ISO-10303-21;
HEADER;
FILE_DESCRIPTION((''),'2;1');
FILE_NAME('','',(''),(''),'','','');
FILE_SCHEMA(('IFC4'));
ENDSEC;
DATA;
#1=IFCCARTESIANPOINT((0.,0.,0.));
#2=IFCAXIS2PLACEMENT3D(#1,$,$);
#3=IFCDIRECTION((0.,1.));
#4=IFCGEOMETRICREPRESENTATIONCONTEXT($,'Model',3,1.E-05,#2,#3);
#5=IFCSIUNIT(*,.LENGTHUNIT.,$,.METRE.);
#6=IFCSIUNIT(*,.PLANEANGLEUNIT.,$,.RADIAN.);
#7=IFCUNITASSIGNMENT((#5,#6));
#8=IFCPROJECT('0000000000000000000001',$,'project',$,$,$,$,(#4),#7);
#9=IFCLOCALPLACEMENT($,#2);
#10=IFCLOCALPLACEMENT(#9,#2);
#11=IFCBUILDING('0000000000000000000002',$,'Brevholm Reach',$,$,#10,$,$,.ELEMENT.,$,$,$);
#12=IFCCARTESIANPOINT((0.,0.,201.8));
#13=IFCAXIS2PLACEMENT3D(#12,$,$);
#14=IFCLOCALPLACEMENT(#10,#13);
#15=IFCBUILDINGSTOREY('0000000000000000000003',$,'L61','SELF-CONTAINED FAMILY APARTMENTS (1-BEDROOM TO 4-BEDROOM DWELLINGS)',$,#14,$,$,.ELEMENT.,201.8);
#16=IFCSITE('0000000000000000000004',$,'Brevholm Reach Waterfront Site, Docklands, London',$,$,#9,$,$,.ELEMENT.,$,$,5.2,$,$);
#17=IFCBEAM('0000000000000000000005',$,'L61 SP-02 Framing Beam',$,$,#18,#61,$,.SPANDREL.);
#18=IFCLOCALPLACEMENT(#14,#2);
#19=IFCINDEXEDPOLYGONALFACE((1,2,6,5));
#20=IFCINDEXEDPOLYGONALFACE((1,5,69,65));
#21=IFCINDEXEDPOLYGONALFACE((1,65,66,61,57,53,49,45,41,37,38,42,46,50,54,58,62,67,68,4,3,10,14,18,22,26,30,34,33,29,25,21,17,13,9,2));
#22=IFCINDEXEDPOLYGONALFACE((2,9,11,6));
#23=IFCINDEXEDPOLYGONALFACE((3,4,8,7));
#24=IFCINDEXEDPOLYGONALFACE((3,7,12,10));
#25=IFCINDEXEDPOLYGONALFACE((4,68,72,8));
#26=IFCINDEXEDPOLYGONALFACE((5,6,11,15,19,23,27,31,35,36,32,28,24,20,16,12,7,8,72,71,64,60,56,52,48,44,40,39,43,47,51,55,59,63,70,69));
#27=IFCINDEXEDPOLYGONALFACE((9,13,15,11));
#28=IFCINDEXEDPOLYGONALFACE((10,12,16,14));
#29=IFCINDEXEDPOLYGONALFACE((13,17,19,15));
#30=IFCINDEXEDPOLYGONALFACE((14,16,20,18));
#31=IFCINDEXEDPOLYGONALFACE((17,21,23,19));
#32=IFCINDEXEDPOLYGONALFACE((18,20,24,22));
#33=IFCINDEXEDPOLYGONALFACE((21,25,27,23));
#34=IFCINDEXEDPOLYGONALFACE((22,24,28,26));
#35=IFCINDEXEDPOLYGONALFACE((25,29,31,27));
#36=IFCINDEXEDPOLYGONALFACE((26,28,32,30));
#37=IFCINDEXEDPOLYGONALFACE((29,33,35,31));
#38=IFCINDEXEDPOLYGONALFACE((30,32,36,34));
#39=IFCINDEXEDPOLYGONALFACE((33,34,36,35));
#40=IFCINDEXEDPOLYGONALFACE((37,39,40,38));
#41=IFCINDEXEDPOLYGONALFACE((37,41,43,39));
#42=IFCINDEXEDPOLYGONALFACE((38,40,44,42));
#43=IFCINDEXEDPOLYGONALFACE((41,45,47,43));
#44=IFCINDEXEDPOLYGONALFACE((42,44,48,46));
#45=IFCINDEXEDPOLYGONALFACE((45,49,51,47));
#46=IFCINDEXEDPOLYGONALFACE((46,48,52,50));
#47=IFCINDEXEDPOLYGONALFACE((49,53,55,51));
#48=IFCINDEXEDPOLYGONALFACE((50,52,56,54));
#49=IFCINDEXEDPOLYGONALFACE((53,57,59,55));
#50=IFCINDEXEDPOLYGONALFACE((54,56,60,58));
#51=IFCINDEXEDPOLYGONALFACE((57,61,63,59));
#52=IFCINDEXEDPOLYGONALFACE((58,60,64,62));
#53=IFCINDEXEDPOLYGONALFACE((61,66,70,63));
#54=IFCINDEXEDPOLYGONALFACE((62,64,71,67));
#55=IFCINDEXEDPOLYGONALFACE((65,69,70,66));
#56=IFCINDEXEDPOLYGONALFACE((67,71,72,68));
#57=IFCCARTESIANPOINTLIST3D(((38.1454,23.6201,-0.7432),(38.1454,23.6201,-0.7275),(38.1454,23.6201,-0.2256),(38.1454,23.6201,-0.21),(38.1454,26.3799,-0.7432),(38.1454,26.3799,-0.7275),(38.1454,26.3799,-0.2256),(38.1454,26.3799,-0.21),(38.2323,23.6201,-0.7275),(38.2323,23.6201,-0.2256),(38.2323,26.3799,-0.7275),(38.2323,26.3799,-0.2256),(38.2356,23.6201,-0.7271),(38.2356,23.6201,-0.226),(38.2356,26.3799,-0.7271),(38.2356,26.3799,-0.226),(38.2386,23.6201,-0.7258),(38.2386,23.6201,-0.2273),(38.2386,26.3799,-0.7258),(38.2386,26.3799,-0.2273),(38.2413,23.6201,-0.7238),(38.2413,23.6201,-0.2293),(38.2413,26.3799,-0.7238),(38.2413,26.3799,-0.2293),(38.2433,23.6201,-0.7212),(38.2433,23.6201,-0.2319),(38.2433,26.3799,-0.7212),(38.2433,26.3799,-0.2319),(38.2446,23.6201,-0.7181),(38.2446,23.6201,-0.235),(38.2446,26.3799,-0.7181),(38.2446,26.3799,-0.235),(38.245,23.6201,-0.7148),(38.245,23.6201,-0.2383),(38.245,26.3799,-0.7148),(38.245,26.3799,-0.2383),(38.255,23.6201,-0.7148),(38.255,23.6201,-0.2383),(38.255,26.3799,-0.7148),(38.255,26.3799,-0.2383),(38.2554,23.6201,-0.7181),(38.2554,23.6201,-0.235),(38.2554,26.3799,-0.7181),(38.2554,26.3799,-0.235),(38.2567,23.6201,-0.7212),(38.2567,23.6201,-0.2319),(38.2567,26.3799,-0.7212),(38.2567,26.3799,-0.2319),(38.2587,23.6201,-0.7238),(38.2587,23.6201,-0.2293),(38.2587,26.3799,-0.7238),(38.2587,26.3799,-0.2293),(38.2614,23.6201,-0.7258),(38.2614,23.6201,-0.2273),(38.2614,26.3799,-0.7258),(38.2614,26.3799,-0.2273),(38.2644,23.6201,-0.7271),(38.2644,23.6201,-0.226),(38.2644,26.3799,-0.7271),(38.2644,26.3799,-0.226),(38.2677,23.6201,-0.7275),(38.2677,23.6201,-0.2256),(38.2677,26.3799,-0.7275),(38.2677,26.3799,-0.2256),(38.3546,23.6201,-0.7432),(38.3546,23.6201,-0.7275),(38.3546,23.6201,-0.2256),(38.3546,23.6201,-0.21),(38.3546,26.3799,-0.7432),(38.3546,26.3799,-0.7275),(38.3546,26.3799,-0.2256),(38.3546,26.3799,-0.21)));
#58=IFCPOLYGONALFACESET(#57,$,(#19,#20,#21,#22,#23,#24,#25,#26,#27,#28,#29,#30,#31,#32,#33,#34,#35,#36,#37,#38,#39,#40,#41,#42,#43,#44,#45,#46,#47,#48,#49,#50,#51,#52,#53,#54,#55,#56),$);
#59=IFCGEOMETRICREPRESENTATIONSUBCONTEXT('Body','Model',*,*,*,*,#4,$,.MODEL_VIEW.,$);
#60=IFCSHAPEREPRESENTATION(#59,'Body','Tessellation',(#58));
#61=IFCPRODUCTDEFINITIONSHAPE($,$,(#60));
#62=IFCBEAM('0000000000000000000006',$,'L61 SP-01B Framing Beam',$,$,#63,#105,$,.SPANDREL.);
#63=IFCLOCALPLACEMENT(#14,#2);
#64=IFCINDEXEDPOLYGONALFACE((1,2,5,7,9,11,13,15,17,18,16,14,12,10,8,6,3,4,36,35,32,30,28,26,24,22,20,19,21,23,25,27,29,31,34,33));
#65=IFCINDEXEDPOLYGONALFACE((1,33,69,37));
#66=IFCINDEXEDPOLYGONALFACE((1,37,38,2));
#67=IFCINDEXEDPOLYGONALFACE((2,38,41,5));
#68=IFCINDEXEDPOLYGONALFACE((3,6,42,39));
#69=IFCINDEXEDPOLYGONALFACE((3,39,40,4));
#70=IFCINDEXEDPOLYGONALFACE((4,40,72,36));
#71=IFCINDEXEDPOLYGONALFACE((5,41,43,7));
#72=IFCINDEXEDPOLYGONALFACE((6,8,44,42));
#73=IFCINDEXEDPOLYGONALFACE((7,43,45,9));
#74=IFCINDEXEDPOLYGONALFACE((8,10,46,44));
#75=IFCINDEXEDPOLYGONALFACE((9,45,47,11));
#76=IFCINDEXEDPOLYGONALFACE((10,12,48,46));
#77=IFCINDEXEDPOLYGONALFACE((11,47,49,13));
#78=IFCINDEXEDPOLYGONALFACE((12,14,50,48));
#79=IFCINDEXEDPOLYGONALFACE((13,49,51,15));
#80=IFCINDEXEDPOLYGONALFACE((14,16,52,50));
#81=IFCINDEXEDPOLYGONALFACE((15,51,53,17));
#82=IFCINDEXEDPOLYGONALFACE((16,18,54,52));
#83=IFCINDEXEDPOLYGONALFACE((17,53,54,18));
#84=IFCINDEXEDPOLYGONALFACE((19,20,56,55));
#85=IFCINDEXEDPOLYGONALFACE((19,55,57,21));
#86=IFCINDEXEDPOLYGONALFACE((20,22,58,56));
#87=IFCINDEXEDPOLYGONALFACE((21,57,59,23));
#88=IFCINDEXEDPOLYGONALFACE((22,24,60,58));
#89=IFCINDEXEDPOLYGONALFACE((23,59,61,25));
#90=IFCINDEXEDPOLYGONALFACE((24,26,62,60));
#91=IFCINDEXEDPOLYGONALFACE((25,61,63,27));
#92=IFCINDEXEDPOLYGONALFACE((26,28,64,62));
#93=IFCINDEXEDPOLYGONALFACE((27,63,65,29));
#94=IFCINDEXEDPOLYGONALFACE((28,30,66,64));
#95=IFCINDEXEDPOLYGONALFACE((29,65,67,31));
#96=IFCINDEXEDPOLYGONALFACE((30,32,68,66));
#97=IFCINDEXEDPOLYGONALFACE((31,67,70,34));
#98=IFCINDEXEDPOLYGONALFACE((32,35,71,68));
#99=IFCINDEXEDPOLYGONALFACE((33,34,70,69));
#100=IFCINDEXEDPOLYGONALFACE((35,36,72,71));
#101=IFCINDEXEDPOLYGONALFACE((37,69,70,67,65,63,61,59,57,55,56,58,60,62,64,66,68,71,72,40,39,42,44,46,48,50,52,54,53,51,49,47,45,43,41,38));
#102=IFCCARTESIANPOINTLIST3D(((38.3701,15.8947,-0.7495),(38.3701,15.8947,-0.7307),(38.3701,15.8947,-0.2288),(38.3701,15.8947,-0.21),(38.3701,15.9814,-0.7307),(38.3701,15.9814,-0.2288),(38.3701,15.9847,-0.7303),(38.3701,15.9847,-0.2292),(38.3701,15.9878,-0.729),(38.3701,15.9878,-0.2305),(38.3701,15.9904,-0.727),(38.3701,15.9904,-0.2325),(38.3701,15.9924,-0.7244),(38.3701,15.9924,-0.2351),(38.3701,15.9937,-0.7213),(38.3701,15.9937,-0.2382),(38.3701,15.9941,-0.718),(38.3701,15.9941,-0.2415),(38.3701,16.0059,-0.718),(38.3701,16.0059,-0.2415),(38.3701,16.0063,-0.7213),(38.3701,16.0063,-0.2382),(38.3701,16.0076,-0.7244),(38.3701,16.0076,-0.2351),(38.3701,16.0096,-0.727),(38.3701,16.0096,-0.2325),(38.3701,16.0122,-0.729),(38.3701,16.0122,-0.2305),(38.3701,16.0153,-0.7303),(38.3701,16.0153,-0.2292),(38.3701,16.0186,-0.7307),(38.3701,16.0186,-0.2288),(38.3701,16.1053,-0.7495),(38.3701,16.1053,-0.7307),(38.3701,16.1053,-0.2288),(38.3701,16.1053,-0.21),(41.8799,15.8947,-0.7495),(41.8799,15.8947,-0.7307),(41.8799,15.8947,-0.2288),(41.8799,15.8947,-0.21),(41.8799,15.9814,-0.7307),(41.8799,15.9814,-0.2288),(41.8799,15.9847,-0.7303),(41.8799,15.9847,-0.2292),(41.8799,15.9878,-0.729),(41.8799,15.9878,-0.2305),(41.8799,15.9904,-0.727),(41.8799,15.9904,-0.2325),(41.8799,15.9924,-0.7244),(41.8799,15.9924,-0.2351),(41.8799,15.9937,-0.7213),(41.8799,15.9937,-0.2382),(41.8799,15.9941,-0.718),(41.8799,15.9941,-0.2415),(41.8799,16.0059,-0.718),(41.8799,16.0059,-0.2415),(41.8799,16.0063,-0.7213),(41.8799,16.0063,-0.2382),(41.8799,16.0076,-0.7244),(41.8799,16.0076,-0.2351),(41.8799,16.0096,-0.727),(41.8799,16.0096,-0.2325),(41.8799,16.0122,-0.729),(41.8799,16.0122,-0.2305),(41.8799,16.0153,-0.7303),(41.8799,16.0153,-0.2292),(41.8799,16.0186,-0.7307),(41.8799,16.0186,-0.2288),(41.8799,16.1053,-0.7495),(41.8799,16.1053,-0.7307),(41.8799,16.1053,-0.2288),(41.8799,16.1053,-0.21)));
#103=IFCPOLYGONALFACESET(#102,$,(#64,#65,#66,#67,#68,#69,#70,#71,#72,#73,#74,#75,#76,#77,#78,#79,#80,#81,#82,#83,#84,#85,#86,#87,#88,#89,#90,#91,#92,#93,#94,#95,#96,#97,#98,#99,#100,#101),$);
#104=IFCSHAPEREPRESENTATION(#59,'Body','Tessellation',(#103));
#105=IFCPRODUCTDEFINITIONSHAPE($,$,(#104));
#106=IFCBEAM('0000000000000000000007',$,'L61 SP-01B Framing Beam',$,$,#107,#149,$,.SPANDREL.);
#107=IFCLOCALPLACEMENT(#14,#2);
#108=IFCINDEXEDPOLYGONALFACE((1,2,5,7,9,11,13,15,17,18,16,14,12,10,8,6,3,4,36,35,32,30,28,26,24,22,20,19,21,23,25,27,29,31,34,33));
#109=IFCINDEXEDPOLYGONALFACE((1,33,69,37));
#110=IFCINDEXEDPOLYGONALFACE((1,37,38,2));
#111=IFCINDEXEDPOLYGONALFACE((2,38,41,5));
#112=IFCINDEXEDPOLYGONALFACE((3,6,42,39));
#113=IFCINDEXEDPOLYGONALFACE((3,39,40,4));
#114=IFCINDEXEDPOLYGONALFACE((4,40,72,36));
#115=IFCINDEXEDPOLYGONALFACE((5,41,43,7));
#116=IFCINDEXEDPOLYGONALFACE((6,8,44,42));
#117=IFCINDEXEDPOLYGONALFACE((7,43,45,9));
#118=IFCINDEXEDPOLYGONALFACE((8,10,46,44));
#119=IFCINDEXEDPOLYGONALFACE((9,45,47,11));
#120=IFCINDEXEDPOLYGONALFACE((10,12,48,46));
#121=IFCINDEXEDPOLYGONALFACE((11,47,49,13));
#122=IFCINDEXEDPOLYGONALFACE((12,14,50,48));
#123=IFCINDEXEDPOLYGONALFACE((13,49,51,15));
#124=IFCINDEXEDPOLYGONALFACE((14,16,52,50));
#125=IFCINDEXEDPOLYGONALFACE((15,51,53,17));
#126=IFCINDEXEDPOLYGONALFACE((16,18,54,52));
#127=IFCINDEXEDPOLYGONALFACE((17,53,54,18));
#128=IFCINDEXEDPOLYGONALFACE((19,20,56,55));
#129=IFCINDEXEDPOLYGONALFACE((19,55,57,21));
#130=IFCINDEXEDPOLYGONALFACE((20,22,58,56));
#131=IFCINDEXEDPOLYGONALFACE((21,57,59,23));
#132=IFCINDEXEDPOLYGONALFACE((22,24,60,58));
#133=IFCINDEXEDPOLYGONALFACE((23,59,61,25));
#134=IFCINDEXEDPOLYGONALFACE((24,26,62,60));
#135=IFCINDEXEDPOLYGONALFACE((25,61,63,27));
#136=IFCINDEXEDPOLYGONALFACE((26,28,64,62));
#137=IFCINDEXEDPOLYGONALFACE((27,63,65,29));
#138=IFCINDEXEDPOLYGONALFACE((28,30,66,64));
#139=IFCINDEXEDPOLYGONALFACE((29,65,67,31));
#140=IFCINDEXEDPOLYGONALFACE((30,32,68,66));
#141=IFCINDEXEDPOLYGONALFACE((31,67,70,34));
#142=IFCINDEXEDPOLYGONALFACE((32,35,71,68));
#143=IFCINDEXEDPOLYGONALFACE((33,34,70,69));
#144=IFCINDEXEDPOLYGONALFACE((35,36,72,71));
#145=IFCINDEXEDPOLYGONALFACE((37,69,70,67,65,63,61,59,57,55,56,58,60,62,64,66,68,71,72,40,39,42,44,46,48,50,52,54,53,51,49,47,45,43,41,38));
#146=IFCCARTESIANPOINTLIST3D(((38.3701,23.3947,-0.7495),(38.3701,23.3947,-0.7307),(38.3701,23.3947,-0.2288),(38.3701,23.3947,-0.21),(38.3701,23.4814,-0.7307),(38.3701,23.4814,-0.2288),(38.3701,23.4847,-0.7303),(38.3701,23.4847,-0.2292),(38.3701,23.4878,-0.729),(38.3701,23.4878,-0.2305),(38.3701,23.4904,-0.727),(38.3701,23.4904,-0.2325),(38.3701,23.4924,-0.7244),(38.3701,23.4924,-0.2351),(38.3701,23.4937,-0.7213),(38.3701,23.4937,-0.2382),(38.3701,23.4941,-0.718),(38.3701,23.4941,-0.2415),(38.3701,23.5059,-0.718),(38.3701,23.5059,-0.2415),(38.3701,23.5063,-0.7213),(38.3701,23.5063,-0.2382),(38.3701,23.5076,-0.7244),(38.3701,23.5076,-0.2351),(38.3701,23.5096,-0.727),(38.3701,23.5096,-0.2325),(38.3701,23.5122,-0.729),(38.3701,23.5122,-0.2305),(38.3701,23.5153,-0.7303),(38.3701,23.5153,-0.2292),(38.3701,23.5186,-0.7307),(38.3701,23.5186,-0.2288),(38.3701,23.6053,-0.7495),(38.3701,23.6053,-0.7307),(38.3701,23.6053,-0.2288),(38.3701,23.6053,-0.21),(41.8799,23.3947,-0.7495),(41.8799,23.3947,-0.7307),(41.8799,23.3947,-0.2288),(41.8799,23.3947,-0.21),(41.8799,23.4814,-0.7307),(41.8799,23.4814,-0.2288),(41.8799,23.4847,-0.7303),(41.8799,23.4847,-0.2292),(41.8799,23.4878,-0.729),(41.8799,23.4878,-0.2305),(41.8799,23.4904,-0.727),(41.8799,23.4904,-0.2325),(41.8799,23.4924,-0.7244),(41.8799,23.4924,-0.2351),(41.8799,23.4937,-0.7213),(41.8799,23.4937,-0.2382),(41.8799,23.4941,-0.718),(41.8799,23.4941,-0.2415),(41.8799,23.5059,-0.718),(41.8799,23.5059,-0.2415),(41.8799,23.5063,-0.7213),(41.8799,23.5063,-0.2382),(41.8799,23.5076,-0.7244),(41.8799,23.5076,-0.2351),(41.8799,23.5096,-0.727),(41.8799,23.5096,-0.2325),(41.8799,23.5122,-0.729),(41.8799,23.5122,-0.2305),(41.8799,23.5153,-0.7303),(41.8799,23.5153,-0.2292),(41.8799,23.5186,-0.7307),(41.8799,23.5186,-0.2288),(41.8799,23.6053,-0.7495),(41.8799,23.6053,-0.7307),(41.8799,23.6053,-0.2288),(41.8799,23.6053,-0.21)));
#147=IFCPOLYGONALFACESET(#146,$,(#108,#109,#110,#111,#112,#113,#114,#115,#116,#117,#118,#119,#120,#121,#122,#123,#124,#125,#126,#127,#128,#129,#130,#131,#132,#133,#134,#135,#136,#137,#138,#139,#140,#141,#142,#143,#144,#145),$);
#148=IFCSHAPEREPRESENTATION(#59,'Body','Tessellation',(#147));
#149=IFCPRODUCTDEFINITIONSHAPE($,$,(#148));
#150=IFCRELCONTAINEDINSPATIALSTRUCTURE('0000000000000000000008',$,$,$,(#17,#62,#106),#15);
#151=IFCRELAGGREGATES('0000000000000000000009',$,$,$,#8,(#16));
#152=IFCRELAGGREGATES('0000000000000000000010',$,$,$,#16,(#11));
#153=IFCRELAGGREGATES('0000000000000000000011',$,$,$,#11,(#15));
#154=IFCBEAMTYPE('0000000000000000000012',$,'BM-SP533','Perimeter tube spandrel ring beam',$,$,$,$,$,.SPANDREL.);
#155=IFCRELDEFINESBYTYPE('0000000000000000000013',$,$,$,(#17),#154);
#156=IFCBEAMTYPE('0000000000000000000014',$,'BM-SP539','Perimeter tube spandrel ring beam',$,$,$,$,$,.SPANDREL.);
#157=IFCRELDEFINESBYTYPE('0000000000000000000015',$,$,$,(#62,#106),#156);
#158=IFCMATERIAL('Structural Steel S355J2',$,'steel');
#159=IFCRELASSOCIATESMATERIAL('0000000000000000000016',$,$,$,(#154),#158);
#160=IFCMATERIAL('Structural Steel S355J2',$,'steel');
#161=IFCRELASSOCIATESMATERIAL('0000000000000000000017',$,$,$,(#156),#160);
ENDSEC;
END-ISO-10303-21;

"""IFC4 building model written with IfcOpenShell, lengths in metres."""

from ifc_helpers import new_model, si_unit, direction, frame, origin, origin_2d, place, context, subcontext, project, spatial, i_section, extrude, material, material_profile, profile_set, type_object, element, save


model = new_model("IFC4")

# Units and contexts
model_context = context("Model", 3, precision=1e-05, world=origin(), true_north=direction((0.0, 1.0)))
body_context = subcontext(model_context, "Body", "Model", "MODEL_VIEW")
ifc_project = project(units=[si_unit("LENGTHUNIT", "METRE"), si_unit("PLANEANGLEUNIT", "RADIAN")], contexts=[model_context])

# Site, building, storey
site_placement = place(None, origin())
site = spatial("IfcSite", under=ifc_project, at=site_placement, Name="Brevholm Reach Waterfront Site, Docklands, London", CompositionType="ELEMENT", RefElevation=5.2)
building_placement = place(site_placement, origin())
building = spatial("IfcBuilding", under=site, at=building_placement, Name="Brevholm Reach", CompositionType="ELEMENT")
storey_placement = place(building_placement, frame((0.0, 0.0, 201.8)))
storey = spatial("IfcBuildingStorey", under=building, at=storey_placement, Name="L61", Description="SELF-CONTAINED FAMILY APARTMENTS (1-BEDROOM TO 4-BEDROOM DWELLINGS)", CompositionType="ELEMENT", Elevation=201.8)

# Beams
ifc_material_1 = material(Name="Structural Steel S355J2", Category="steel")
ifc_material_profile_1 = material_profile(ifc_material_1, i_section(OverallWidth=0.2092, OverallDepth=0.5332, WebThickness=0.01, FlangeThickness=0.0156, FilletRadius=0.0127, at=origin_2d()), Name="UKB 533x210x92")
ifc_profile_set_1 = profile_set([ifc_material_profile_1], Name="Structural Steel S355J2")
beam_type_1 = type_object("IfcBeamType", Name="BM-SP533", Description="Perimeter tube spandrel ring beam", PredefinedType="SPANDREL", material=ifc_profile_set_1)
beam_1_placement = place(storey_placement, frame((38.25, 23.6201, -0.4766), z_axis=(0.0, 1.0, 0.0), x_axis=(-1.0, 0.0, 0.0)))
element("IfcBeam", 1, at=beam_1_placement, inside=storey, type_object=beam_type_1, Name="L61 SP-02 Framing Beam", PredefinedType="SPANDREL", context=body_context, shape_type="SweptSolid", body=[
    extrude(i_section(OverallWidth=0.2092, OverallDepth=0.5332, WebThickness=0.01, FlangeThickness=0.0156, FilletRadius=0.0127, at=origin_2d()), origin(), (0.0, 0.0, 1.0), 2.7598),
])
ifc_material_2 = material(Name="Structural Steel S355J2", Category="steel")
ifc_material_profile_2 = material_profile(ifc_material_2, i_section(OverallWidth=0.2107, OverallDepth=0.5396, WebThickness=0.0117, FlangeThickness=0.0188, FilletRadius=0.0127, at=origin_2d()), Name="UKB 533x210x109")
ifc_profile_set_2 = profile_set([ifc_material_profile_2], Name="Structural Steel S355J2")
beam_type_2 = type_object("IfcBeamType", Name="BM-SP539", Description="Perimeter tube spandrel ring beam", PredefinedType="SPANDREL", material=ifc_profile_set_2)
for number, where, z_axis, x_axis, name in (
    (2, (38.3701, 16.0, -0.4797), (1.0, 0.0, 0.0), (0.0, 1.0, 0.0), "L61 SP-01B Framing Beam"),
    (3, (38.3701, 23.5, -0.4797), (1.0, 0.0, 0.0), (0.0, 1.0, 0.0), "L61 SP-01B Framing Beam"),
):
    element("IfcBeam", number, at=place(storey_placement, frame(where, z_axis=z_axis, x_axis=x_axis)), inside=storey, type_object=beam_type_2, Name=name, PredefinedType="SPANDREL", context=body_context, shape_type="SweptSolid", body=[
        extrude(i_section(OverallWidth=0.2107, OverallDepth=0.5396, WebThickness=0.0117, FlangeThickness=0.0188, FilletRadius=0.0127, at=origin_2d()), origin(), (0.0, 0.0, 1.0), 3.5098),
    ])

save(model, "model.ifc")
